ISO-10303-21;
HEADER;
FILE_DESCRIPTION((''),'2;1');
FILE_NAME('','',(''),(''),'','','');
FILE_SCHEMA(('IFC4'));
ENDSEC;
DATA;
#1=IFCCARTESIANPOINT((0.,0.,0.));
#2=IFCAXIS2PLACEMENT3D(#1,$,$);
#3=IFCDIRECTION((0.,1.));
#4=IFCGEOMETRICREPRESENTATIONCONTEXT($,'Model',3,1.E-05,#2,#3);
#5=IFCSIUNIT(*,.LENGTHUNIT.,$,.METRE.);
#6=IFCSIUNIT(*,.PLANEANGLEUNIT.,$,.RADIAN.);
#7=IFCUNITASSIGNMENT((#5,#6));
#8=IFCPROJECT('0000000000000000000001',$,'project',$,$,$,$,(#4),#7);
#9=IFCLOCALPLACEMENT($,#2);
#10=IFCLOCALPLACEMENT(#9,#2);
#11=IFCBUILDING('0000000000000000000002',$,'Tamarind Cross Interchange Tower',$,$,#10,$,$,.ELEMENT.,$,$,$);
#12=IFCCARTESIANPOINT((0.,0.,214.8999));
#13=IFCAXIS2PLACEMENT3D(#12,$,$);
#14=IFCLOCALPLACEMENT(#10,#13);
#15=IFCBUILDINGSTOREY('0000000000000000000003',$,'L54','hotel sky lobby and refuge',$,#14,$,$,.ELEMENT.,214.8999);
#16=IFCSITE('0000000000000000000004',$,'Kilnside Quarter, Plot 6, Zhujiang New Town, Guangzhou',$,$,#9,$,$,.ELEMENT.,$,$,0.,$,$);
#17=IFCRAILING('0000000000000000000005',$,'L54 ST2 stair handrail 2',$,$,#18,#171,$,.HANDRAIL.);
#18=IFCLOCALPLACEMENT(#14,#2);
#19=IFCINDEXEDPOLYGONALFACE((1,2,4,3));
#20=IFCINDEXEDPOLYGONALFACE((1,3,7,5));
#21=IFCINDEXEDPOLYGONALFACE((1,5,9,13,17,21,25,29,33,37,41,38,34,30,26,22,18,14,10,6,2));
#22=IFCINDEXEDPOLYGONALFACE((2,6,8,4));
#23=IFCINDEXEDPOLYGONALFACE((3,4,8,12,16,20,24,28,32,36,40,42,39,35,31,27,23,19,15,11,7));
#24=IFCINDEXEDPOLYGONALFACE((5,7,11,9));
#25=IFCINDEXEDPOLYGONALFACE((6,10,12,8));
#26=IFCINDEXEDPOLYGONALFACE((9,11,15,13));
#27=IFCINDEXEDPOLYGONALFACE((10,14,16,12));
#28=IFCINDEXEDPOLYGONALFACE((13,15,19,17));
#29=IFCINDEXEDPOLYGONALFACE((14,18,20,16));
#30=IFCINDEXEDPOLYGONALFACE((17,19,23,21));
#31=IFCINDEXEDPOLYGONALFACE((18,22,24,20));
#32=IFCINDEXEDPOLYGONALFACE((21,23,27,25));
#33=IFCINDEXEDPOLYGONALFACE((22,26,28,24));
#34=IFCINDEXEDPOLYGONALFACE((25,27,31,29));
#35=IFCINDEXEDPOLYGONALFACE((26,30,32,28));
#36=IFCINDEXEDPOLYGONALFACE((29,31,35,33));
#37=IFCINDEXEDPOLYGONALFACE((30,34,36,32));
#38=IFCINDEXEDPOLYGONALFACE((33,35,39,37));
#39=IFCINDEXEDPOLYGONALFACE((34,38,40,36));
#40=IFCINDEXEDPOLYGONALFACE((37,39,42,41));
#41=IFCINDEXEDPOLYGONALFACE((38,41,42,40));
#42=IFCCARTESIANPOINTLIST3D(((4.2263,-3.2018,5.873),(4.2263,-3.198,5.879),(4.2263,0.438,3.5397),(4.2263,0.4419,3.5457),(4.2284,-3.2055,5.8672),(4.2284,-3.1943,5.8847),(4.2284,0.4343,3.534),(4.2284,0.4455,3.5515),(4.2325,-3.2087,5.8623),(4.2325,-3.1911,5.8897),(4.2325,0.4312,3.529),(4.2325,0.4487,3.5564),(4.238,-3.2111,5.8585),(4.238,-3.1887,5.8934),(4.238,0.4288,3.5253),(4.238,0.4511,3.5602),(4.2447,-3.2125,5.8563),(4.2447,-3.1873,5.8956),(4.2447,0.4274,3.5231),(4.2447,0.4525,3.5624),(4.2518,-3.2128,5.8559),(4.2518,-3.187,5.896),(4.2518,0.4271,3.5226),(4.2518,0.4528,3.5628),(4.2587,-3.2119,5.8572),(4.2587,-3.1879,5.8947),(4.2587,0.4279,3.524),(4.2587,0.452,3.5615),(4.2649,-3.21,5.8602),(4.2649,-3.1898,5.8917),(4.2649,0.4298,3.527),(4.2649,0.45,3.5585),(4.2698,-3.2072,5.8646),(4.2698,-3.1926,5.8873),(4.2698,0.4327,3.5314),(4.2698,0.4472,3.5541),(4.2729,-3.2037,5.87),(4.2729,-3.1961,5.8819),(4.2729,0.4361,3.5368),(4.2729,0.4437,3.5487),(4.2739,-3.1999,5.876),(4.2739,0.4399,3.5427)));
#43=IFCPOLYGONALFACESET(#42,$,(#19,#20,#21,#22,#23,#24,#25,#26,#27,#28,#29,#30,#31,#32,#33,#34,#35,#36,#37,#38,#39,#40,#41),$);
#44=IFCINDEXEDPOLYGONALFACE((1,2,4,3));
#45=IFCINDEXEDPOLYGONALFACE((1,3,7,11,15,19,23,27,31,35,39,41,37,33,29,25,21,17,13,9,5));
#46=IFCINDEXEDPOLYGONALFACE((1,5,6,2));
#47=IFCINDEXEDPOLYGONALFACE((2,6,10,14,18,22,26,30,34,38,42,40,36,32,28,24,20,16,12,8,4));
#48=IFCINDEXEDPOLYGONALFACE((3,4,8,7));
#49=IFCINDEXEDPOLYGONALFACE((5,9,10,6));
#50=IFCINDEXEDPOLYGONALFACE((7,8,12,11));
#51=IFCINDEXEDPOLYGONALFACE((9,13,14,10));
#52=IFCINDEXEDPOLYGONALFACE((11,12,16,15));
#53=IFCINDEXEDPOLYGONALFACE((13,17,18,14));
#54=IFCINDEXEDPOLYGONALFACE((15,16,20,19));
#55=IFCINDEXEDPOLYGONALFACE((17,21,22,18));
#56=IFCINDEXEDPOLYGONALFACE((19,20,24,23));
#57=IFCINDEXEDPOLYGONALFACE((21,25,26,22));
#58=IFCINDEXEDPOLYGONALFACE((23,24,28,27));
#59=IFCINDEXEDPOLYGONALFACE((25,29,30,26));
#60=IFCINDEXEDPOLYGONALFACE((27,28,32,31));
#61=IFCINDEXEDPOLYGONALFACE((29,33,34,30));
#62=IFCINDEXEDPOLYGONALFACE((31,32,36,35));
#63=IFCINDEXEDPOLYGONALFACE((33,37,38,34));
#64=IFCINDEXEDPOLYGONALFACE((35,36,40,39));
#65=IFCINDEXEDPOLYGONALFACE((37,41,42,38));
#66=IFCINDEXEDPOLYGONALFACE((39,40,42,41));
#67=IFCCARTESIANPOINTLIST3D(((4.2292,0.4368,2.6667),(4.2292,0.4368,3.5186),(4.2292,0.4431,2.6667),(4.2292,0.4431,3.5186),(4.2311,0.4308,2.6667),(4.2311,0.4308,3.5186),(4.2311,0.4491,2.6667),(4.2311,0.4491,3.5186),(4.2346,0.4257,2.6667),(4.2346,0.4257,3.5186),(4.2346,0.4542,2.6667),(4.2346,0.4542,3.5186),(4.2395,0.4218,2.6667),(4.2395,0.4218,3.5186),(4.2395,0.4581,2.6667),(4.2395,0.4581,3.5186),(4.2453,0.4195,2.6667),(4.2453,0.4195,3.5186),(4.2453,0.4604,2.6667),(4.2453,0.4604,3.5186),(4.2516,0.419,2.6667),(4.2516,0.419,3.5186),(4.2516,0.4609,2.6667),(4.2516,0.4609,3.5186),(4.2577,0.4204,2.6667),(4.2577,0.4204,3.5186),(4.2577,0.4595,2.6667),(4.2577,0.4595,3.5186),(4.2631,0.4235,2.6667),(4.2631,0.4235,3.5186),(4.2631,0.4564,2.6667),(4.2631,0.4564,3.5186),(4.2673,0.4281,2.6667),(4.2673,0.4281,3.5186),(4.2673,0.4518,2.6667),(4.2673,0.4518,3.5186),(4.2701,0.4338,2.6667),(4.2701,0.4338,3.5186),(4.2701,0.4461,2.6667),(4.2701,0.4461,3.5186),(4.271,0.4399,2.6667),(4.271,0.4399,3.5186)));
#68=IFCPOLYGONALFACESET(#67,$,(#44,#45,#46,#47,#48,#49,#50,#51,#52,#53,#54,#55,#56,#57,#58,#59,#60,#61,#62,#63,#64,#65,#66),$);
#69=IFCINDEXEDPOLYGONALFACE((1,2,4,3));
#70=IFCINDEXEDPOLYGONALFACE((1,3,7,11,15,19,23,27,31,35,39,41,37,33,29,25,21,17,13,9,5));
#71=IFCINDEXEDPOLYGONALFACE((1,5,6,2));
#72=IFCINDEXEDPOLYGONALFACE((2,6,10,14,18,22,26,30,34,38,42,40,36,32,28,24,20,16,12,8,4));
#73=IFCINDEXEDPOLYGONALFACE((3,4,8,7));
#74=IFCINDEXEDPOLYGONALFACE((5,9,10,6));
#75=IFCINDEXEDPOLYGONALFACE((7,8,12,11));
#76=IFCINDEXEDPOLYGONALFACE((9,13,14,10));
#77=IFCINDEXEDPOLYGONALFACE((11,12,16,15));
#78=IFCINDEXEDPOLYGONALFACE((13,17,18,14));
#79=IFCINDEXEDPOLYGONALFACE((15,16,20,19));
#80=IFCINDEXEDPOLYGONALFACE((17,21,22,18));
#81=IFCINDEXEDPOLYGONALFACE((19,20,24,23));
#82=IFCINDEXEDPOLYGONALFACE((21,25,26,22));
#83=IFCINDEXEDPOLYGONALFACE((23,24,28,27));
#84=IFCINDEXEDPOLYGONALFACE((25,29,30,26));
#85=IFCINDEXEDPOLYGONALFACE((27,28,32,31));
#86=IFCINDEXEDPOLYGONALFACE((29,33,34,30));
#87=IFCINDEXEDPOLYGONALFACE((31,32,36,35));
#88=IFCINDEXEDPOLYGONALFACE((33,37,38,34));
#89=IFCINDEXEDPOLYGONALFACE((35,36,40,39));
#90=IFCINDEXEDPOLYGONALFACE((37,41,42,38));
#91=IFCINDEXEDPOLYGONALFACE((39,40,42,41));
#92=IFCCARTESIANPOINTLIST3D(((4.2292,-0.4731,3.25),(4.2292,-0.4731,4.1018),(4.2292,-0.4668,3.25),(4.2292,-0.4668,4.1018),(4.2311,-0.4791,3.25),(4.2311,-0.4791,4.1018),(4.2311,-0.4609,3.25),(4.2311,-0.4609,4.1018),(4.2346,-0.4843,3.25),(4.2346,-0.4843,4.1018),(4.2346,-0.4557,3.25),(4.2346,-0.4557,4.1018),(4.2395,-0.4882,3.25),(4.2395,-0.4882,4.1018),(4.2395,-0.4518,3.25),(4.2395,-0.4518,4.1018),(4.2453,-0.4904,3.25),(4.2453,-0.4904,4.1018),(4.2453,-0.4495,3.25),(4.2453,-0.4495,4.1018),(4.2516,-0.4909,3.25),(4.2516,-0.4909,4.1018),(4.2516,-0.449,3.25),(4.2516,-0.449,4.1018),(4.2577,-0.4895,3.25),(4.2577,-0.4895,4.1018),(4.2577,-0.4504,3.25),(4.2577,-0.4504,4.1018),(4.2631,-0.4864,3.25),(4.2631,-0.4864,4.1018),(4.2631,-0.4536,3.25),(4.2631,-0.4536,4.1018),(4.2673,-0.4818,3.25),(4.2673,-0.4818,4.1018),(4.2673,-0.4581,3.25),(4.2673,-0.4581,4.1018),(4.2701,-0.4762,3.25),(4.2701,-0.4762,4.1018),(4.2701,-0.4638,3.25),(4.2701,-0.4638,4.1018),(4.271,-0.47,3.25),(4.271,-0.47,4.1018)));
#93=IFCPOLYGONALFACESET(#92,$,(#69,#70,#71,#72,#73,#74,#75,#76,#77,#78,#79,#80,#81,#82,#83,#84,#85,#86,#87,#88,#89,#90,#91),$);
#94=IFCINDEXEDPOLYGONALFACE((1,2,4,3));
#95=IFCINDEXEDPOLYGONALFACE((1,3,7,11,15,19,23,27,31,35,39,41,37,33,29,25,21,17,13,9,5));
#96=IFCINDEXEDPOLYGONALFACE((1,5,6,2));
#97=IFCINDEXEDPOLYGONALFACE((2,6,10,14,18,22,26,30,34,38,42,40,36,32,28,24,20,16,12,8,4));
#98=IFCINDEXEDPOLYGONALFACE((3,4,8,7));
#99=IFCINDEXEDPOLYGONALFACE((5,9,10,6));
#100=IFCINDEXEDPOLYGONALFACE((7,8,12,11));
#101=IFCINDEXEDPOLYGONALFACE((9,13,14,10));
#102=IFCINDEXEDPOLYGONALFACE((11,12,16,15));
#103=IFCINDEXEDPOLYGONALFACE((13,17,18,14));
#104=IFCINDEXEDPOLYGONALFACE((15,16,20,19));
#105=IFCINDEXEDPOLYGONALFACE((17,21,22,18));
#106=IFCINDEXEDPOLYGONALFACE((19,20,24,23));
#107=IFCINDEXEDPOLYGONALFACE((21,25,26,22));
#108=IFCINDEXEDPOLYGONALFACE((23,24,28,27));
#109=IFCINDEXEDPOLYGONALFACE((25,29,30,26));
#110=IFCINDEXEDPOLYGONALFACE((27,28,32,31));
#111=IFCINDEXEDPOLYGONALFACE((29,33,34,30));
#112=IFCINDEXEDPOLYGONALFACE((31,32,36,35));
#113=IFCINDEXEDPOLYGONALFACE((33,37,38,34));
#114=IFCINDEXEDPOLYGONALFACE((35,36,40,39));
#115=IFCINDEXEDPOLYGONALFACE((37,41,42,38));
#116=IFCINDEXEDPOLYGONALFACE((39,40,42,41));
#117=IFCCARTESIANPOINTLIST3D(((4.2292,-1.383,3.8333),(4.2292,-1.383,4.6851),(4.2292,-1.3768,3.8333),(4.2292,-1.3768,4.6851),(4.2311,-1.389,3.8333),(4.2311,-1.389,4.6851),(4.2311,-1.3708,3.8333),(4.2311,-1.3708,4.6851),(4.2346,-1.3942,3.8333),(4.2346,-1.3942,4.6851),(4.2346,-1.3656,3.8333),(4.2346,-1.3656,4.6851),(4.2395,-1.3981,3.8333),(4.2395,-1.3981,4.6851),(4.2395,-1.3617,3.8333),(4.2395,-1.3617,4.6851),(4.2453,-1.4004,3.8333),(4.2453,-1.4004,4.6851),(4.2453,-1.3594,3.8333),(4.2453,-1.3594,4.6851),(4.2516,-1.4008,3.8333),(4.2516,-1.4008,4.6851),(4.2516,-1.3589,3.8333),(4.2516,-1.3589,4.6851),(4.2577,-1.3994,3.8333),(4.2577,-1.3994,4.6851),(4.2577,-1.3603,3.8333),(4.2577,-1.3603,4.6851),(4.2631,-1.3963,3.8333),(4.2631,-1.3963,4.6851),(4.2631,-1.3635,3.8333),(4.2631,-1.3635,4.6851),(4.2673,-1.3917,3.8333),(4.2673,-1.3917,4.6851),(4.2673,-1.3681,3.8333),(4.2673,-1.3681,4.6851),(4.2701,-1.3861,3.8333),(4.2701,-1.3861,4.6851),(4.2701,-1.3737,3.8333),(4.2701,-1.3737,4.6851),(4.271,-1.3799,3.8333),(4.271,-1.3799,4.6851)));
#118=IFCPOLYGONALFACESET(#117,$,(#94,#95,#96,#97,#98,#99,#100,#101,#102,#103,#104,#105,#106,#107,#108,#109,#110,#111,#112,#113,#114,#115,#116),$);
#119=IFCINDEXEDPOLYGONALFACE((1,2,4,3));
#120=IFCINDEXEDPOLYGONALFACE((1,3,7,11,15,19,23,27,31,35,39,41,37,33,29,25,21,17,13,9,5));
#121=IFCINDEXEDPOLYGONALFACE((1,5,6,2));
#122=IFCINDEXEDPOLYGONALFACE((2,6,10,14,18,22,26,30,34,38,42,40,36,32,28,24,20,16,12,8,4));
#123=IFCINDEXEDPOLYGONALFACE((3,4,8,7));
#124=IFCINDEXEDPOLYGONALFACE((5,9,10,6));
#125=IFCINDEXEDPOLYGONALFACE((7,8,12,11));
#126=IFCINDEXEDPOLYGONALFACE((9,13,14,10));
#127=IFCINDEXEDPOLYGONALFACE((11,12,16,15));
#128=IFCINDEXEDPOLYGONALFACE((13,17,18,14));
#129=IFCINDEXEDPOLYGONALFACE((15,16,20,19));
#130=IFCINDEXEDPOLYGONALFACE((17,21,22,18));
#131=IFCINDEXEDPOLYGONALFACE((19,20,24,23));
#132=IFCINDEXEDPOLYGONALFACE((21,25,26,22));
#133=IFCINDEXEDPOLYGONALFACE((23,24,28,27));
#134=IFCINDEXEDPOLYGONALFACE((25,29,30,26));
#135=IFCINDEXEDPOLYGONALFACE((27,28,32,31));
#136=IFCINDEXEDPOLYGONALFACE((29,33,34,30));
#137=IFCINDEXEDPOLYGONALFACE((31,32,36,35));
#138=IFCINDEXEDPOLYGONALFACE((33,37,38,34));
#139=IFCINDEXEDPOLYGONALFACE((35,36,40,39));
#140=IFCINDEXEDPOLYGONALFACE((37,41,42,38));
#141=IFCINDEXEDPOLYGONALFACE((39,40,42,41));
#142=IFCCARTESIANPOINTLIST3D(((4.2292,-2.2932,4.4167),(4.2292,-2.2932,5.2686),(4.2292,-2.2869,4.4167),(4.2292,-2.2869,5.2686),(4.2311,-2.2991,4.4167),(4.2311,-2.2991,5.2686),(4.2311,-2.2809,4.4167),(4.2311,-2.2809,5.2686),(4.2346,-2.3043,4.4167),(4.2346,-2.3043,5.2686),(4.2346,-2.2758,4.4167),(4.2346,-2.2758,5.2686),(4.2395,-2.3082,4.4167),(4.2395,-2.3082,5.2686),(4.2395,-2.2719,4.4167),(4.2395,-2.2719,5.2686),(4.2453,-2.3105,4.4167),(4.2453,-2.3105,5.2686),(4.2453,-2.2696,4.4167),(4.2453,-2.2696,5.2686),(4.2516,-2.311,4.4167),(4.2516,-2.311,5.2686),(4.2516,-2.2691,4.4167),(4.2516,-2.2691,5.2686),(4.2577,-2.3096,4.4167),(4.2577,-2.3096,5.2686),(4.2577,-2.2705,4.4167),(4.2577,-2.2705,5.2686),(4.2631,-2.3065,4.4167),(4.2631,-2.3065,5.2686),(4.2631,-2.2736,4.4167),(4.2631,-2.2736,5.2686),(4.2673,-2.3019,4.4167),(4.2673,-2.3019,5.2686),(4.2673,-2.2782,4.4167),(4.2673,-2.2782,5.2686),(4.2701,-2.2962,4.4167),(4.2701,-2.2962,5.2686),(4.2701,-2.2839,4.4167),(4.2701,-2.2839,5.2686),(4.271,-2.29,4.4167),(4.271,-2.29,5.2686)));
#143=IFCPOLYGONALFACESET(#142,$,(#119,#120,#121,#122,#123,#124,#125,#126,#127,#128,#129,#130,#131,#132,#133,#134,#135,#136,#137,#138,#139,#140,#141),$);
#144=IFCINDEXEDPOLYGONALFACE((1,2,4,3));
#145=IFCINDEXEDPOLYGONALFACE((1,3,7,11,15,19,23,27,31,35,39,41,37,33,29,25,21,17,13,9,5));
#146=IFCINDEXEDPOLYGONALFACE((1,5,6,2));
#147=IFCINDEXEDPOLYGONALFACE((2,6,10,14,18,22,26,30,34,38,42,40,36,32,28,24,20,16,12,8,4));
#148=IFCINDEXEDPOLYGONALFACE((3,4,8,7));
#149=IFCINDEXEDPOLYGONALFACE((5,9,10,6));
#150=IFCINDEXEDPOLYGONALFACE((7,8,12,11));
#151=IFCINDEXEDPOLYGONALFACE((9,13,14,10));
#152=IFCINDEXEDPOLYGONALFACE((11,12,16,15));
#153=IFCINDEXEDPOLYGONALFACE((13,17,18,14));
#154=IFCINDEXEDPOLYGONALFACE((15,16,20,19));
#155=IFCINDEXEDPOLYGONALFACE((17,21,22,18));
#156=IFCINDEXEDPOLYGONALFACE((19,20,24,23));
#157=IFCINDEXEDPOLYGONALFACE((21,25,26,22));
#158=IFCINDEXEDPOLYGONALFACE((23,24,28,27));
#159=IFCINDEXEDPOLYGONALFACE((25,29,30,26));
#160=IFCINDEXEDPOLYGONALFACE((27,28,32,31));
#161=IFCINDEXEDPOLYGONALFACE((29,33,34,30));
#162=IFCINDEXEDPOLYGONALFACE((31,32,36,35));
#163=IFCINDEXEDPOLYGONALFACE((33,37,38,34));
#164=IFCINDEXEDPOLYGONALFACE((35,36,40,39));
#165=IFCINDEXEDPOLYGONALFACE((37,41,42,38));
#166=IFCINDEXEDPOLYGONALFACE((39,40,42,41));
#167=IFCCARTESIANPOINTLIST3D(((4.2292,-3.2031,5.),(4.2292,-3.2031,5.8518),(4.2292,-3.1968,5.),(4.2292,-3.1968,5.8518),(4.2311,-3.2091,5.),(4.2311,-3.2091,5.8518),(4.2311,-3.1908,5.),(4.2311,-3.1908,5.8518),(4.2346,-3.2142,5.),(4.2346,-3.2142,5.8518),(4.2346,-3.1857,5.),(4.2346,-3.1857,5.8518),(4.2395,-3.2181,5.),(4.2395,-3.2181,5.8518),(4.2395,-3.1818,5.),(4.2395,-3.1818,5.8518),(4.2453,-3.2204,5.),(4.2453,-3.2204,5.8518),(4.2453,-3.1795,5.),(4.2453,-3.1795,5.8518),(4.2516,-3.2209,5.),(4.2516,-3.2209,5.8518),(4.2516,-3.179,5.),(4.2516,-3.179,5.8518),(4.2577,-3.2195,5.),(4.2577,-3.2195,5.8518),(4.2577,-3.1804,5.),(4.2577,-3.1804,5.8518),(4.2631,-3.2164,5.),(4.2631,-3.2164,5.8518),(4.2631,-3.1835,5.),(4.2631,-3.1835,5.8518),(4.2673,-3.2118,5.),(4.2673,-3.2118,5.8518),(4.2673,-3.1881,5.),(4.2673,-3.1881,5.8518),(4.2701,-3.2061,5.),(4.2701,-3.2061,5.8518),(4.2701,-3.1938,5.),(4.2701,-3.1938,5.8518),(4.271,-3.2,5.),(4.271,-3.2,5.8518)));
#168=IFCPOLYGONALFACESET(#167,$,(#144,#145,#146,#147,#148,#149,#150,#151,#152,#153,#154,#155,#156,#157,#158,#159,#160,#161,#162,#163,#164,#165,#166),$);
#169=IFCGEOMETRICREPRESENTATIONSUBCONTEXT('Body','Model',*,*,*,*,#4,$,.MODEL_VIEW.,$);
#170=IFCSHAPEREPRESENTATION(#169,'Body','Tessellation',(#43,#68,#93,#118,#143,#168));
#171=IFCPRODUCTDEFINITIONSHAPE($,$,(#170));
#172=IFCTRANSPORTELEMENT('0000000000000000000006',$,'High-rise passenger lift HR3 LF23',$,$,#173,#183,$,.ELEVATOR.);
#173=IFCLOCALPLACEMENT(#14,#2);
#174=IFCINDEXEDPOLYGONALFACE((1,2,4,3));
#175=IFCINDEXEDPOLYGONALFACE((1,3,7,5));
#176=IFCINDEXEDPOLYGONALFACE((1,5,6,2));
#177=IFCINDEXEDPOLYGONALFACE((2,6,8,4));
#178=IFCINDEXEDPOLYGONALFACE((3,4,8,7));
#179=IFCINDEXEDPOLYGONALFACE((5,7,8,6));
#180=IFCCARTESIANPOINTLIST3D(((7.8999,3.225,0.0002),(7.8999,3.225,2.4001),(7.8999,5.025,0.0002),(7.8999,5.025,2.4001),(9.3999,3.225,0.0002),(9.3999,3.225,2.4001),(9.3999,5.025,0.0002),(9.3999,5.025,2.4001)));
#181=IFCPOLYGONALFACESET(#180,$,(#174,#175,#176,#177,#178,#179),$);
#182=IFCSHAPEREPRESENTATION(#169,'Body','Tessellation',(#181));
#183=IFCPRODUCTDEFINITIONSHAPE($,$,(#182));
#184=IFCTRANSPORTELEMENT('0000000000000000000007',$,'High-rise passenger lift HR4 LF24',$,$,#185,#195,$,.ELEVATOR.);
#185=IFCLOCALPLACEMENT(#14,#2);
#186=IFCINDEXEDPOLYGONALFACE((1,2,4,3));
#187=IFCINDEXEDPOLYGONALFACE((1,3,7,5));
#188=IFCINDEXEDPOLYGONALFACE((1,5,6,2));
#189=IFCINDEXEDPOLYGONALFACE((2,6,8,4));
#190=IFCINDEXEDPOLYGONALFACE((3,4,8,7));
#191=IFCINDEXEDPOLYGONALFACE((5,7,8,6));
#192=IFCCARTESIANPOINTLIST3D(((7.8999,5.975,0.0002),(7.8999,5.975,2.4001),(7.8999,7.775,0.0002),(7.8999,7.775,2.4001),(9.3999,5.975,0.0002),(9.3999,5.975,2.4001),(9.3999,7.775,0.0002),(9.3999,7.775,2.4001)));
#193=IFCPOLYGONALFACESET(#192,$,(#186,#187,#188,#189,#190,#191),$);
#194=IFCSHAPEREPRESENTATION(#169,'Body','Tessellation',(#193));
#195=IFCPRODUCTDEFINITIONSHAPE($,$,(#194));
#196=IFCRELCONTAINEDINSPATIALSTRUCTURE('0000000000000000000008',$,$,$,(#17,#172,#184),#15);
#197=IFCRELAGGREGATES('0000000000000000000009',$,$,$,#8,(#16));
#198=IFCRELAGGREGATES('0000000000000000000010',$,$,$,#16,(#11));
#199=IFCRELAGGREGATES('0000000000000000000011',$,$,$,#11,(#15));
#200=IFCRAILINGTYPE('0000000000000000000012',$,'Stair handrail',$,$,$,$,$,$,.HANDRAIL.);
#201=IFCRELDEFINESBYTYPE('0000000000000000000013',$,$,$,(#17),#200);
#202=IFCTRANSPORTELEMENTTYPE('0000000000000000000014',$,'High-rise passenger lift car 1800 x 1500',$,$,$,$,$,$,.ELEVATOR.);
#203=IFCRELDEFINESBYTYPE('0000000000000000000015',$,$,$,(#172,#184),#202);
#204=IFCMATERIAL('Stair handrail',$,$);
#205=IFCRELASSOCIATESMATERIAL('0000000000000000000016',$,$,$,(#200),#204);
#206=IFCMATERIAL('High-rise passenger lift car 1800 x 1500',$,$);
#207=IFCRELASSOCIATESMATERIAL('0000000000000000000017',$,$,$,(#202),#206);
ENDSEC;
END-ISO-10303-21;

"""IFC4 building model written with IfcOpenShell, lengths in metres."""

from ifc_helpers import new_model, si_unit, direction, frame, origin, origin_2d, place, context, subcontext, project, spatial, rectangle, circle, extrude, material, type_object, element, save


model = new_model("IFC4")

# Units and contexts
model_context = context("Model", 3, precision=1e-05, world=origin(), true_north=direction((0.0, 1.0)))
body_context = subcontext(model_context, "Body", "Model", "MODEL_VIEW")
ifc_project = project(units=[si_unit("LENGTHUNIT", "METRE"), si_unit("PLANEANGLEUNIT", "RADIAN")], contexts=[model_context])

# Site, building, storey
site_placement = place(None, origin())
site = spatial("IfcSite", under=ifc_project, at=site_placement, Name="Kilnside Quarter, Plot 6, Zhujiang New Town, Guangzhou", CompositionType="ELEMENT", RefElevation=0.0)
building_placement = place(site_placement, origin())
building = spatial("IfcBuilding", under=site, at=building_placement, Name="Tamarind Cross Interchange Tower", CompositionType="ELEMENT")
storey_placement = place(building_placement, frame((0.0, 0.0, 214.8999)))
storey = spatial("IfcBuildingStorey", under=building, at=storey_placement, Name="L54", Description="hotel sky lobby and refuge", CompositionType="ELEMENT", Elevation=214.8999)

# Railing
ifc_material_1 = material(Name="Stair handrail")
railing_type_1 = type_object("IfcRailingType", Name="Stair handrail", PredefinedType="HANDRAIL", material=ifc_material_1)
railing_1_placement = place(storey_placement, frame((4.25, 0.4399, 2.6667)))
element("IfcRailing", 1, at=railing_1_placement, inside=storey, type_object=railing_type_1, Name="L54 ST2 stair handrail 2", PredefinedType="HANDRAIL", context=body_context, shape_type="SweptSolid", body=[
    extrude(circle(Radius=0.0239, at=origin_2d()), frame((0.0, 0.0, 0.876), z_axis=(0.0, -0.84188, 0.539664), x_axis=(1.0, 0.0, 0.0)), (0.0, 0.0, 1.0), 4.3235),
    extrude(circle(Radius=0.021, at=origin_2d()), origin(), (0.0, 0.0, 1.0), 0.8518),
    extrude(circle(Radius=0.021, at=origin_2d()), frame((0.0, -0.9099, 0.5833)), (0.0, 0.0, 1.0), 0.8518),
    extrude(circle(Radius=0.021, at=origin_2d()), frame((0.0, -1.8198, 1.1665)), (0.0, 0.0, 1.0), 0.8518),
    extrude(circle(Radius=0.021, at=origin_2d()), frame((0.0, -2.73, 1.75)), (0.0, 0.0, 1.0), 0.8518),
    extrude(circle(Radius=0.021, at=origin_2d()), frame((0.0, -3.6399, 2.3333)), (0.0, 0.0, 1.0), 0.8518),
])

# Transport elements
ifc_material_2 = material(Name="High-rise passenger lift car 1800 x 1500")
transport_element_type = type_object("IfcTransportElementType", Name="High-rise passenger lift car 1800 x 1500", PredefinedType="ELEVATOR", material=ifc_material_2)
for number, where, z_axis, x_axis, name in (
    (2, (8.6499, 4.125, 0.0002), (0.0, 0.0, 1.0), (1.0, 0.0, 0.0), "High-rise passenger lift HR3 LF23"),
    (3, (8.6499, 6.875, 0.0002), (0.0, 0.0, 1.0), (1.0, 0.0, 0.0), "High-rise passenger lift HR4 LF24"),
):
    element("IfcTransportElement", number, at=place(storey_placement, frame(where, z_axis=z_axis, x_axis=x_axis)), inside=storey, type_object=transport_element_type, Name=name, PredefinedType="ELEVATOR", context=body_context, shape_type="SweptSolid", body=[
        extrude(rectangle(XDim=1.5, YDim=1.8, at=origin_2d()), origin(), (0.0, 0.0, 1.0), 2.3999),
    ])

save(model, "model.ifc")
